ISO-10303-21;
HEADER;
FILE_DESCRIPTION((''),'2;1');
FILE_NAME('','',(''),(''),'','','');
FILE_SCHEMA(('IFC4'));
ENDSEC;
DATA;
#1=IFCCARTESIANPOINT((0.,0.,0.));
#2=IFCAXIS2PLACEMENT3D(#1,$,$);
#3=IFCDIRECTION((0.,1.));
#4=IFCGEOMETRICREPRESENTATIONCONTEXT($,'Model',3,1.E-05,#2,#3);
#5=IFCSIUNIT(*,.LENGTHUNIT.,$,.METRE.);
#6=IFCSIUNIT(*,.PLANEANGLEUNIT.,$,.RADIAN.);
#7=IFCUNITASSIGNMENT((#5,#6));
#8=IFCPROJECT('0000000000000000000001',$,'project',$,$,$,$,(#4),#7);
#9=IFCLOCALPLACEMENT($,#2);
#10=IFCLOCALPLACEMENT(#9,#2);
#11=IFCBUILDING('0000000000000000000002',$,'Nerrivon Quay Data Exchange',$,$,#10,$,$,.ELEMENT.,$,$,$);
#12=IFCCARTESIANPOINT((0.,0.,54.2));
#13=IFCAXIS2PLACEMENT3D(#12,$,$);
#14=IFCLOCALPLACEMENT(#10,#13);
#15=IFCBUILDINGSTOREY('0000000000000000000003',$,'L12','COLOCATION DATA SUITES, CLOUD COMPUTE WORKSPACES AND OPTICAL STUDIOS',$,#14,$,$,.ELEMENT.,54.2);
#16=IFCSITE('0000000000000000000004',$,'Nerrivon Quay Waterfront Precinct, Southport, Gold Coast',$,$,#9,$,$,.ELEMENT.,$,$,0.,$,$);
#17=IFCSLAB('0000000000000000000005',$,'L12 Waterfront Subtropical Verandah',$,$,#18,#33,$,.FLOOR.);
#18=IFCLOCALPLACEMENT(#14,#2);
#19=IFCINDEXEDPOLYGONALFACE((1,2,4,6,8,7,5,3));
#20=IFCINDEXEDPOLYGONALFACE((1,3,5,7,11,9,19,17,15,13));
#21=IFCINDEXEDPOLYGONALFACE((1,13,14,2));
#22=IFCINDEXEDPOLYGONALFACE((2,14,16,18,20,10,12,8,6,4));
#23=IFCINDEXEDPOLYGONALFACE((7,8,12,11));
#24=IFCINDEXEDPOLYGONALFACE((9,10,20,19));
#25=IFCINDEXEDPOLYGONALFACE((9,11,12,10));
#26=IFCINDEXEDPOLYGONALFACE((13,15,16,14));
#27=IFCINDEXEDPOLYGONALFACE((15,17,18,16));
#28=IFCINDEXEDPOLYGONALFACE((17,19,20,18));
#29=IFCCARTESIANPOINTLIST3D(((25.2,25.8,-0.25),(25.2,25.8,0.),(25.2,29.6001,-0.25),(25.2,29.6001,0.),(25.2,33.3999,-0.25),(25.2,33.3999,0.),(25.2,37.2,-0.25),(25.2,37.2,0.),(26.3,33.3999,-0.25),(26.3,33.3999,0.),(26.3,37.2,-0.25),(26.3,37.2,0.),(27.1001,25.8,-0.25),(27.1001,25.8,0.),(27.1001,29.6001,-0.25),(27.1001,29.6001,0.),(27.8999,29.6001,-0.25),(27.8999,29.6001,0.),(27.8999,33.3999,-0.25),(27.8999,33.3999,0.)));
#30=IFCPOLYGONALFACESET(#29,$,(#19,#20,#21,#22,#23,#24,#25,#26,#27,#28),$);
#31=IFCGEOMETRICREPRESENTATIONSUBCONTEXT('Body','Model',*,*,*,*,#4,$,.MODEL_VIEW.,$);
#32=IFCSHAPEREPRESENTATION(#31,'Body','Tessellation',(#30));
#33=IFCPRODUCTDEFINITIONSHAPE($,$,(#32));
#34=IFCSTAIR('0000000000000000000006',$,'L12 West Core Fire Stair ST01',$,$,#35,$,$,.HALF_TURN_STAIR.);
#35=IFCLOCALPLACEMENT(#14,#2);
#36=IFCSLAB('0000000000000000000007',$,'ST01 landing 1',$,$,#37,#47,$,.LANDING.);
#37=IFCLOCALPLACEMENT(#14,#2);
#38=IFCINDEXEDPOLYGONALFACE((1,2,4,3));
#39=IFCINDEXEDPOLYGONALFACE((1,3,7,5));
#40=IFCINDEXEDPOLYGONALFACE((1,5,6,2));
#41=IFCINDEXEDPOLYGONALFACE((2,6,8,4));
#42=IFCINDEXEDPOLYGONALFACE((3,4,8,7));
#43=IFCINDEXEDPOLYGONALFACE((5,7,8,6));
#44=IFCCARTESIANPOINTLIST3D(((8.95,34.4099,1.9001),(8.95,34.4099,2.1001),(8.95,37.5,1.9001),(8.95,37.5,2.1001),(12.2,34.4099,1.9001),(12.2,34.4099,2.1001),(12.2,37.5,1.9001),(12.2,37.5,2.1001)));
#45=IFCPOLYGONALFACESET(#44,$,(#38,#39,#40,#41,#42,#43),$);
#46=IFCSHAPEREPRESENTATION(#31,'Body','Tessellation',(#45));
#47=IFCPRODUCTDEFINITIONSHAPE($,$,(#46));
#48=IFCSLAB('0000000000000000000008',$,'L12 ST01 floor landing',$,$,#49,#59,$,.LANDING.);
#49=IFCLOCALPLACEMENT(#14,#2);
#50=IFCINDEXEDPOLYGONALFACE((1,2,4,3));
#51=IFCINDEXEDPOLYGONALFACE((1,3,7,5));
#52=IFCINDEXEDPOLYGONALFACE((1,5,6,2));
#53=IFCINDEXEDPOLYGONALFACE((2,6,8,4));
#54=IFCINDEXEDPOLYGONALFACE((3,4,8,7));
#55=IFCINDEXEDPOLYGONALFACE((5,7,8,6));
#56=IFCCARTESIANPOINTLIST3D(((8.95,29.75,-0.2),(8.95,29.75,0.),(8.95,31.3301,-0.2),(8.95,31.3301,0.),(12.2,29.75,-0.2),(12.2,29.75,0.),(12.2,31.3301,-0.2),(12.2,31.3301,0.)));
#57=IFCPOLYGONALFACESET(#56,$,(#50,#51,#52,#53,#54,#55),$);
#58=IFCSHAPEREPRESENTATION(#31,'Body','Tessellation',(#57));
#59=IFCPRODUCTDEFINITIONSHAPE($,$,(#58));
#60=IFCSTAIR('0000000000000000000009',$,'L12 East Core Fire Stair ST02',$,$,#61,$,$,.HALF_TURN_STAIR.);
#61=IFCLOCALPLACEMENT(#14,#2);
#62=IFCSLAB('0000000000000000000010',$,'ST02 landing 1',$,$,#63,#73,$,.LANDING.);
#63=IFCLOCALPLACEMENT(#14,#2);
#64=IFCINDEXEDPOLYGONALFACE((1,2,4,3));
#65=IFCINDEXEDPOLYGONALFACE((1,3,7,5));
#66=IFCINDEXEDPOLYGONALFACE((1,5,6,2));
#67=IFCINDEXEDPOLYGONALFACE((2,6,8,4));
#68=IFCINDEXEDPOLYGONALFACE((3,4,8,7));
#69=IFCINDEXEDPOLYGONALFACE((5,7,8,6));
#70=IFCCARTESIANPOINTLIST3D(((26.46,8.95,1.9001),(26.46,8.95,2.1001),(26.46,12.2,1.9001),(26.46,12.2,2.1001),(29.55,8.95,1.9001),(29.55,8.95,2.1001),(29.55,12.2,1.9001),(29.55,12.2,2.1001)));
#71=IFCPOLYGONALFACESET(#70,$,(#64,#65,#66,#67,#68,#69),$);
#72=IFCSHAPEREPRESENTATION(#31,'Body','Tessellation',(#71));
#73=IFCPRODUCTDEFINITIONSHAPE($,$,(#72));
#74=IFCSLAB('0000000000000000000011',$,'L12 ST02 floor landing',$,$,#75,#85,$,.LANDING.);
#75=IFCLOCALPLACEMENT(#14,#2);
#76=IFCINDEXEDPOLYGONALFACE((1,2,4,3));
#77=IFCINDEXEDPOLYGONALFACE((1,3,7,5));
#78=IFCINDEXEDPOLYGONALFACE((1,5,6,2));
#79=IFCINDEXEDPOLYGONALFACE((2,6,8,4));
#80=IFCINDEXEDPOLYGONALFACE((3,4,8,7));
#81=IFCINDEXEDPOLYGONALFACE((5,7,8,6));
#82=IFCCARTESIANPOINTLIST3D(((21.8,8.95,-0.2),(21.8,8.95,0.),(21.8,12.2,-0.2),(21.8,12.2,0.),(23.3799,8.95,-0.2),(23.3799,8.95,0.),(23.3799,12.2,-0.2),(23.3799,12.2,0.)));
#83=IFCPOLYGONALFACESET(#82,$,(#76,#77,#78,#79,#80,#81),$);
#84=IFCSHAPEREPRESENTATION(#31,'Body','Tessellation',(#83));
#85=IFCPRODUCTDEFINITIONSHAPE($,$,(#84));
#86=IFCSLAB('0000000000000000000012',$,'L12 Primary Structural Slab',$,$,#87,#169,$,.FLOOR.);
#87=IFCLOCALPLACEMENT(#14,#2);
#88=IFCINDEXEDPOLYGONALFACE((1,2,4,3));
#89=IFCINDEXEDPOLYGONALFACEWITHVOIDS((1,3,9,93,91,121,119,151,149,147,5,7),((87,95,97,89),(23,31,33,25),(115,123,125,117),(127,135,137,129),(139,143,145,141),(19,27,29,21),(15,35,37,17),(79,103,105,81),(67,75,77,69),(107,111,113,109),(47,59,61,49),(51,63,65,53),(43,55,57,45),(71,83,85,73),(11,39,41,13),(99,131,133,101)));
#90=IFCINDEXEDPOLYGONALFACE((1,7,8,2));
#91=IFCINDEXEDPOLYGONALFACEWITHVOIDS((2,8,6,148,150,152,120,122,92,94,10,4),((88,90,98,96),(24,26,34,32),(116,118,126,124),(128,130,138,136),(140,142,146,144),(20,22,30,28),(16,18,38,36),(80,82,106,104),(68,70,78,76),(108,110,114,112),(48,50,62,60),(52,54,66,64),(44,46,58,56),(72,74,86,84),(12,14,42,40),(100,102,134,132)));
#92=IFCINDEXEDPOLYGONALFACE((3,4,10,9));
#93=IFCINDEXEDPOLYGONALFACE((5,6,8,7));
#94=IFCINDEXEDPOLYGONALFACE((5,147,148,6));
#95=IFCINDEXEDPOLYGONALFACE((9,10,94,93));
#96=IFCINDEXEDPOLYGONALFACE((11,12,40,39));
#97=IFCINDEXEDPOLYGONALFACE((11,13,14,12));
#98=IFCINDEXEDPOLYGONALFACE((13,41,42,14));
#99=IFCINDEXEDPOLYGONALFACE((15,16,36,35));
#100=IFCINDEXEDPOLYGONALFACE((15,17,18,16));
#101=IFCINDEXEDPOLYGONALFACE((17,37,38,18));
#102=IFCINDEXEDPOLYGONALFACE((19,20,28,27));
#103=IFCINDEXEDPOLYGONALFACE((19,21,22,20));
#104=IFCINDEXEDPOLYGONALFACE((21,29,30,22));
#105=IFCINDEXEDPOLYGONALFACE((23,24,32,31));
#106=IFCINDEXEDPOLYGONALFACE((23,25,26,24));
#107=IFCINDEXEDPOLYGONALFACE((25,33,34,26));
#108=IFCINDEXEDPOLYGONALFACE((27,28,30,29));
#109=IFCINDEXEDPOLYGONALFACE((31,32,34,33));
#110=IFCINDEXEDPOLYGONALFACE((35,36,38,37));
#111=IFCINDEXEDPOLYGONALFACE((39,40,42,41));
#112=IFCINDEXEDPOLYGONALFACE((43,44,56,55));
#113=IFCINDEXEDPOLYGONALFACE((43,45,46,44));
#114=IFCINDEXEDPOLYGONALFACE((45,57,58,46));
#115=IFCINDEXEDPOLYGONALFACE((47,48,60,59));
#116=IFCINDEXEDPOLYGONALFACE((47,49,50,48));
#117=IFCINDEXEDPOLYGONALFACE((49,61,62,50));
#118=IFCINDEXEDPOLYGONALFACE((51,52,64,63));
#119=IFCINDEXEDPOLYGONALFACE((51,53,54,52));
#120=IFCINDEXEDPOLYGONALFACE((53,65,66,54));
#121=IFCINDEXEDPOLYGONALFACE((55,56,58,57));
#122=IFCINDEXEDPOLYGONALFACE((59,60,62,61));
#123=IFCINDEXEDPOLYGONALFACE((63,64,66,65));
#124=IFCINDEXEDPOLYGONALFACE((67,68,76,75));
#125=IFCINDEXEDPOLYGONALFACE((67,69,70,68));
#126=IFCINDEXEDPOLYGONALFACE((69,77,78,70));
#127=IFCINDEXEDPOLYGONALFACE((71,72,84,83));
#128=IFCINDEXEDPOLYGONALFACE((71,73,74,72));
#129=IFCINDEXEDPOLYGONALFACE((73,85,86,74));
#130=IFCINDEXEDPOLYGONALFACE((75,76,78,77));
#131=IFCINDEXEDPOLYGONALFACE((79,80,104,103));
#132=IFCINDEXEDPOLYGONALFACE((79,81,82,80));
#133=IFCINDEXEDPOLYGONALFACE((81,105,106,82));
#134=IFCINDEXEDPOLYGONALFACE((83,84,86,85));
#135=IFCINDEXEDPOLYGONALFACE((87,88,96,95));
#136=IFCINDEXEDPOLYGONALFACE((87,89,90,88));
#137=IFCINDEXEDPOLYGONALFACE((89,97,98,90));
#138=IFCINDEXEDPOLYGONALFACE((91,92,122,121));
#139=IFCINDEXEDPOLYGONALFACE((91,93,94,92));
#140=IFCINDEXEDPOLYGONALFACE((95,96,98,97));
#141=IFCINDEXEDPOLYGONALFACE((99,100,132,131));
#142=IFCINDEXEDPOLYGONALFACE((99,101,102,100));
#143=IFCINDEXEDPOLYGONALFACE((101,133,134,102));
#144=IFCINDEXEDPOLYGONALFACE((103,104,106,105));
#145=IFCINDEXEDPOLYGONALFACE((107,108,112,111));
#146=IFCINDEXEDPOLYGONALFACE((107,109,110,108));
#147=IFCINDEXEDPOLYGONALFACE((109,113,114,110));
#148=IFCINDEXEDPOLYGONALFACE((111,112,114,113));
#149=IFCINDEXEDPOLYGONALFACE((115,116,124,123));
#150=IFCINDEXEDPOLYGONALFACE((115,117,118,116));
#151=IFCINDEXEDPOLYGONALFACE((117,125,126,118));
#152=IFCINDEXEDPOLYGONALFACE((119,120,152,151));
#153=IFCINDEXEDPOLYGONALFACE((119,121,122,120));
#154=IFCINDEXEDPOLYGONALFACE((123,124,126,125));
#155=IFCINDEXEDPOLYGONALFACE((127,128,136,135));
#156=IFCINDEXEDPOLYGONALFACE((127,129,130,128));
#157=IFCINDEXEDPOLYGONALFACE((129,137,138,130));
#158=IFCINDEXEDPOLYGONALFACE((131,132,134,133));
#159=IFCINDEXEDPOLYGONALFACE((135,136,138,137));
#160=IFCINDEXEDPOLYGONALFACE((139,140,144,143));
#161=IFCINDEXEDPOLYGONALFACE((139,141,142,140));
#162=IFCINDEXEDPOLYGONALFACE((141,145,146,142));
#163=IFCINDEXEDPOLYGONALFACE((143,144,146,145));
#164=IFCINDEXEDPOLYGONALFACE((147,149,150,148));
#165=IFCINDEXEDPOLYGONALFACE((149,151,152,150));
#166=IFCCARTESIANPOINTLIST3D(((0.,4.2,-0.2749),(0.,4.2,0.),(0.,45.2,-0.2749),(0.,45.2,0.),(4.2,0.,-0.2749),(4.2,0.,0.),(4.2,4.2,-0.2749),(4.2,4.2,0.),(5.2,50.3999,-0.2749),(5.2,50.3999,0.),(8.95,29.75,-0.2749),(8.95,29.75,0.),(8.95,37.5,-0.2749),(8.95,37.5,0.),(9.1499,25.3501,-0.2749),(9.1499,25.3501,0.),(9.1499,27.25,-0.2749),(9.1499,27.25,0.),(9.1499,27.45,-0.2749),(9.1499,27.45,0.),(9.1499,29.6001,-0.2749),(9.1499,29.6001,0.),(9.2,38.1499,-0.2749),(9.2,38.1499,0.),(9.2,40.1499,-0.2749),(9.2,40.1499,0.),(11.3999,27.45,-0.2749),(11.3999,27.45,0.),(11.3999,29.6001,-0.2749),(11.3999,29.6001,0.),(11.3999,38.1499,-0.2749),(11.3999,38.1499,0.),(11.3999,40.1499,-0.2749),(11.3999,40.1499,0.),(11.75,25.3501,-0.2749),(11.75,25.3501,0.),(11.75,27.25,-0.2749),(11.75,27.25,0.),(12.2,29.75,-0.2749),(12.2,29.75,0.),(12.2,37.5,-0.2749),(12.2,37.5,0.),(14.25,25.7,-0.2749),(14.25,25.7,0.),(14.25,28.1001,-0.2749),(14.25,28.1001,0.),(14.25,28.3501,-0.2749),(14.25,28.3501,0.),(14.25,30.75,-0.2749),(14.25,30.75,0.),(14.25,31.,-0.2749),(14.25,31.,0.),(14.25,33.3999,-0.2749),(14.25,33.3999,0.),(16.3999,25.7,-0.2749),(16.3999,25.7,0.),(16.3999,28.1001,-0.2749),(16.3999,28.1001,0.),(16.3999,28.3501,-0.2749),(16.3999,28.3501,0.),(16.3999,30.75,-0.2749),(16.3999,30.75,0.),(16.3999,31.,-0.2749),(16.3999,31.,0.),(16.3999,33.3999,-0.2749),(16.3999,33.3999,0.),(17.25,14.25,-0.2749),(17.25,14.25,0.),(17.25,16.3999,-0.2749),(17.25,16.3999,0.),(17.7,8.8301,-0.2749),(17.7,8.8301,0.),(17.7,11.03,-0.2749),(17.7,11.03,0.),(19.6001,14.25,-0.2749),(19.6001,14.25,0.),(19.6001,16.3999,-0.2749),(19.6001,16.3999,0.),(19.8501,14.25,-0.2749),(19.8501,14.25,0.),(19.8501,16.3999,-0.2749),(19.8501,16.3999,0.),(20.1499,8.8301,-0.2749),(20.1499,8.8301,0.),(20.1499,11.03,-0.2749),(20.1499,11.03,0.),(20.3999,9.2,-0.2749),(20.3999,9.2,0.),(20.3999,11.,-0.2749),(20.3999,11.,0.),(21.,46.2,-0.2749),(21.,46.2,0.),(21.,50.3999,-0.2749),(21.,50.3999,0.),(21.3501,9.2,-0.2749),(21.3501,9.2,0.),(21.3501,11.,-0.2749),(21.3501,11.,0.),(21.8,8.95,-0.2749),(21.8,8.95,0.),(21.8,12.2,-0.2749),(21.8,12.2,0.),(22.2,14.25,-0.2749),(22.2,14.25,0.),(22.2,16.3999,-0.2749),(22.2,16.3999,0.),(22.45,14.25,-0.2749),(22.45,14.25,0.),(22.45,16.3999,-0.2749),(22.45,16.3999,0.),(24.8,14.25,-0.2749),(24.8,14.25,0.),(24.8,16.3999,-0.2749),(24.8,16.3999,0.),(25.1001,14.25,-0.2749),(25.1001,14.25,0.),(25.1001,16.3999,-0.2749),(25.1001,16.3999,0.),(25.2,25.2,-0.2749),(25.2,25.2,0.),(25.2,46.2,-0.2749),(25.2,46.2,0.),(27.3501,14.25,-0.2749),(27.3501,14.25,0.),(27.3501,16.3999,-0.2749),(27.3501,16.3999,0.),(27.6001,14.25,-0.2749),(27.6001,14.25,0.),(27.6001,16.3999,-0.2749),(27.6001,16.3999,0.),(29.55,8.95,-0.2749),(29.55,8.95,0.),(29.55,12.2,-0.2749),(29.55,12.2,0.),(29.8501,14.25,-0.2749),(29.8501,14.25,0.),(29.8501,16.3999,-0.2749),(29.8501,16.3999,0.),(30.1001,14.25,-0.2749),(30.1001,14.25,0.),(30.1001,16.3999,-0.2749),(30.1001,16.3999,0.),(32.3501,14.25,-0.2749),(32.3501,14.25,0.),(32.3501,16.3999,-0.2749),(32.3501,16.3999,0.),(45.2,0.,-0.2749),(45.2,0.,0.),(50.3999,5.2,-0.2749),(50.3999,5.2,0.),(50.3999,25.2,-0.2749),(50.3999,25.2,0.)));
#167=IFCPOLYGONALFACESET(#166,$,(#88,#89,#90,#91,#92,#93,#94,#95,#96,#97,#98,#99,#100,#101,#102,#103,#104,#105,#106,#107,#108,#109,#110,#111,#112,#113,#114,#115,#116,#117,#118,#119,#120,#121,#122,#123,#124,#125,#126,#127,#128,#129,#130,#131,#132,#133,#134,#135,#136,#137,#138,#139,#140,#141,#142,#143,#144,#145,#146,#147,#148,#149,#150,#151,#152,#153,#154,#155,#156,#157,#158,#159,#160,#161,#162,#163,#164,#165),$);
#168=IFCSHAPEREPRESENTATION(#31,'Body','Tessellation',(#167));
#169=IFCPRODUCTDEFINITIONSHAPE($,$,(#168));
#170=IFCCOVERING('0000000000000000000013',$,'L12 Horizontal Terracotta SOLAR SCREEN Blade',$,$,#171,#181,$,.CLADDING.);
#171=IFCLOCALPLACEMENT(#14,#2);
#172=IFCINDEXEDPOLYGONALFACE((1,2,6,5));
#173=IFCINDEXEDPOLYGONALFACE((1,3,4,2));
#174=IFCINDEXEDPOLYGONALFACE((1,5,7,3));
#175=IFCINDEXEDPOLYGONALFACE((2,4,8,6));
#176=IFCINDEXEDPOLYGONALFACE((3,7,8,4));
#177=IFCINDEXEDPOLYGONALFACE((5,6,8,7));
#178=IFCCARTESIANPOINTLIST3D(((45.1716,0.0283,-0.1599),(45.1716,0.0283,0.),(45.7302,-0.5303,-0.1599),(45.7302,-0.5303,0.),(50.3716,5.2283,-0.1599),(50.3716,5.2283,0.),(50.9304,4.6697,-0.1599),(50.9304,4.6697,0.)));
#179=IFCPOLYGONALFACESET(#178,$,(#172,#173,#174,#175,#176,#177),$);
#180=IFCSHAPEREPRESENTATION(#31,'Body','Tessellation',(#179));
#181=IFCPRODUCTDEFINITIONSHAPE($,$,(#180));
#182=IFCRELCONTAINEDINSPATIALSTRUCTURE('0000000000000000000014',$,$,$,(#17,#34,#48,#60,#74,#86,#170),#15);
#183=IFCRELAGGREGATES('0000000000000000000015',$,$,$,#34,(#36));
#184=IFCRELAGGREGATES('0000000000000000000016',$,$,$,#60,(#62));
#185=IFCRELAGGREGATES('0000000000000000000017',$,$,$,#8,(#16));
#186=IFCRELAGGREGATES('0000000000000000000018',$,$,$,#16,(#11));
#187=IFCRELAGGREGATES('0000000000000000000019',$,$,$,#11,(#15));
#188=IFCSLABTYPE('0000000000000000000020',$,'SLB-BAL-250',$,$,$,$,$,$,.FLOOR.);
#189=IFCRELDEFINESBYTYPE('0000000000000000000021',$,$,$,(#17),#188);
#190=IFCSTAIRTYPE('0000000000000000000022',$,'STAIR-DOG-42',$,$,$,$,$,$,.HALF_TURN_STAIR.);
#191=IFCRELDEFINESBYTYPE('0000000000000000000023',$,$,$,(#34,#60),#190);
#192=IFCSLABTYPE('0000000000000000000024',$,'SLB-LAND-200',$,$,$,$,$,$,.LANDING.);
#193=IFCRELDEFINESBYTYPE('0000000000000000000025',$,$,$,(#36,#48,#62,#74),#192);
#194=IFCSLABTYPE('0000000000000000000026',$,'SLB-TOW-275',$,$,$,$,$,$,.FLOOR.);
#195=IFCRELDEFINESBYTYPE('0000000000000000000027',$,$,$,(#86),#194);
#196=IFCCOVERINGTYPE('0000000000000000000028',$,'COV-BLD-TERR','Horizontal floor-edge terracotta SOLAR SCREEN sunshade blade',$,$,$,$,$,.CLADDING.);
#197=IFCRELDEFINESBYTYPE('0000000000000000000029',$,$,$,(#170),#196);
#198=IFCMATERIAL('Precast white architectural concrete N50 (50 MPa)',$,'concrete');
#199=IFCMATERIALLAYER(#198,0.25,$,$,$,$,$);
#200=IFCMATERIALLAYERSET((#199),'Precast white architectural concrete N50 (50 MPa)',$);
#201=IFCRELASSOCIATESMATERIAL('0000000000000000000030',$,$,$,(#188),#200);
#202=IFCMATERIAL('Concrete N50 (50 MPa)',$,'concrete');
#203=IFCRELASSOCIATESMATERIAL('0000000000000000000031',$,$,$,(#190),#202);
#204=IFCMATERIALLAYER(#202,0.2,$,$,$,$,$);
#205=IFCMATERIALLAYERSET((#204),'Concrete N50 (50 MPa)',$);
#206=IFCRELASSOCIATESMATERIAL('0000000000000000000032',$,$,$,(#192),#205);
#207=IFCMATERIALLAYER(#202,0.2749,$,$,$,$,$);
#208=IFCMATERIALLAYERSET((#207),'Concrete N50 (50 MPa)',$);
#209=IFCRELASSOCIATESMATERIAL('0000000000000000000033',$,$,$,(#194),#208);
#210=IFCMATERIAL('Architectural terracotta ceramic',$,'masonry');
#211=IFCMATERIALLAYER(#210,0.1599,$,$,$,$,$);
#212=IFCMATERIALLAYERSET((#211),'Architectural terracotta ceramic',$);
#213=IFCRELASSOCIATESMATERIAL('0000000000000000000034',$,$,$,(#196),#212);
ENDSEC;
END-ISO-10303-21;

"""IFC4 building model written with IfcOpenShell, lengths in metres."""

from ifc_helpers import new_model, si_unit, direction, frame, origin, place, context, subcontext, project, spatial, polyline, outline, extrude, material, layer, layer_set, type_object, element, aggregate, save


model = new_model("IFC4")

# Units and contexts
model_context = context("Model", 3, precision=1e-05, world=origin(), true_north=direction((0.0, 1.0)))
body_context = subcontext(model_context, "Body", "Model", "MODEL_VIEW")
ifc_project = project(units=[si_unit("LENGTHUNIT", "METRE"), si_unit("PLANEANGLEUNIT", "RADIAN")], contexts=[model_context])

# Site, building, storey
site_placement = place(None, origin())
site = spatial("IfcSite", under=ifc_project, at=site_placement, Name="Nerrivon Quay Waterfront Precinct, Southport, Gold Coast", CompositionType="ELEMENT", RefElevation=0.0)
building_placement = place(site_placement, origin())
building = spatial("IfcBuilding", under=site, at=building_placement, Name="Nerrivon Quay Data Exchange", CompositionType="ELEMENT")
storey_placement = place(building_placement, frame((0.0, 0.0, 54.2)))
storey = spatial("IfcBuildingStorey", under=building, at=storey_placement, Name="L12", Description="COLOCATION DATA SUITES, CLOUD COMPUTE WORKSPACES AND OPTICAL STUDIOS", CompositionType="ELEMENT", Elevation=54.2)

# Slab
ifc_material_1 = material(Name="Precast white architectural concrete N50 (50 MPa)", Category="concrete")
ifc_layer_1 = layer(ifc_material_1, 0.25)
ifc_layer_set_1 = layer_set([ifc_layer_1], Name="Precast white architectural concrete N50 (50 MPa)")
slab_type_1 = type_object("IfcSlabType", Name="SLB-BAL-250", PredefinedType="FLOOR", material=ifc_layer_set_1)
slab_1_placement = place(storey_placement, frame((0.0, 0.0, -0.25)))
element("IfcSlab", 1, at=slab_1_placement, inside=storey, type_object=slab_type_1, Name="L12 Waterfront Subtropical Verandah", PredefinedType="FLOOR", context=body_context, shape_type="SweptSolid", body=[
    extrude(outline(polyline([(27.1001, 29.6001), (27.8999, 29.6001), (27.8999, 33.3999), (26.3, 33.3999), (26.3, 37.2), (25.2, 37.2), (25.2, 33.3999), (25.2, 29.6001), (25.2, 25.8), (27.1001, 25.8), (27.1001, 29.6001)])), origin(), (0.0, 0.0, 1.0), 0.25),
])

# Stair, slab
ifc_material_2 = material(Name="Concrete N50 (50 MPa)", Category="concrete")
stair_type = type_object("IfcStairType", Name="STAIR-DOG-42", PredefinedType="HALF_TURN_STAIR", material=ifc_material_2)
stair_1_placement = place(storey_placement, origin())
stair_1 = element("IfcStair", 2, at=stair_1_placement, inside=storey, type_object=stair_type, Name="L12 West Core Fire Stair ST01", PredefinedType="HALF_TURN_STAIR")
ifc_layer_2 = layer(ifc_material_2, 0.2)
ifc_layer_set_2 = layer_set([ifc_layer_2], Name="Concrete N50 (50 MPa)")
slab_type_2 = type_object("IfcSlabType", Name="SLB-LAND-200", PredefinedType="LANDING", material=ifc_layer_set_2)
slab_2_placement = place(storey_placement, frame((0.0, 0.0, 1.9001)))
slab_2 = element("IfcSlab", 3, at=slab_2_placement, type_object=slab_type_2, Name="ST01 landing 1", PredefinedType="LANDING", context=body_context, shape_type="SweptSolid", body=[
    extrude(outline(polyline([(12.2, 34.4099), (12.2, 37.5), (8.95, 37.5), (8.95, 34.4099), (12.2, 34.4099)])), origin(), (0.0, 0.0, 1.0), 0.2),
])
aggregate(stair_1, [slab_2])

# Slab
slab_3_placement = place(storey_placement, frame((0.0, 0.0, -0.2)))
element("IfcSlab", 4, at=slab_3_placement, inside=storey, type_object=slab_type_2, Name="L12 ST01 floor landing", PredefinedType="LANDING", context=body_context, shape_type="SweptSolid", body=[
    extrude(outline(polyline([(12.2, 29.75), (12.2, 31.3301), (8.95, 31.3301), (8.95, 29.75), (12.2, 29.75)])), origin(), (0.0, 0.0, 1.0), 0.2),
])

# Stair, slab
stair_2_placement = place(storey_placement, origin())
stair_2 = element("IfcStair", 5, at=stair_2_placement, inside=storey, type_object=stair_type, Name="L12 East Core Fire Stair ST02", PredefinedType="HALF_TURN_STAIR")
slab_4_placement = place(storey_placement, frame((0.0, 0.0, 1.9001)))
slab_4 = element("IfcSlab", 6, at=slab_4_placement, type_object=slab_type_2, Name="ST02 landing 1", PredefinedType="LANDING", context=body_context, shape_type="SweptSolid", body=[
    extrude(outline(polyline([(26.46, 8.95), (29.55, 8.95), (29.55, 12.2), (26.46, 12.2), (26.46, 8.95)])), origin(), (0.0, 0.0, 1.0), 0.2),
])
aggregate(stair_2, [slab_4])

# Slabs
slab_5_placement = place(storey_placement, frame((0.0, 0.0, -0.2)))
element("IfcSlab", 7, at=slab_5_placement, inside=storey, type_object=slab_type_2, Name="L12 ST02 floor landing", PredefinedType="LANDING", context=body_context, shape_type="SweptSolid", body=[
    extrude(outline(polyline([(21.8, 8.95), (23.3799, 8.95), (23.3799, 12.2), (21.8, 12.2), (21.8, 8.95)])), origin(), (0.0, 0.0, 1.0), 0.2),
])
ifc_layer_3 = layer(ifc_material_2, 0.2749)
ifc_layer_set_3 = layer_set([ifc_layer_3], Name="Concrete N50 (50 MPa)")
slab_type_3 = type_object("IfcSlabType", Name="SLB-TOW-275", PredefinedType="FLOOR", material=ifc_layer_set_3)
slab_6_placement = place(storey_placement, frame((0.0, 0.0, -0.2749)))
element("IfcSlab", 8, at=slab_6_placement, inside=storey, type_object=slab_type_3, Name="L12 Primary Structural Slab", PredefinedType="FLOOR", context=body_context, shape_type="SweptSolid", body=[
    extrude(outline(polyline([(50.3999, 25.2), (25.2, 25.2), (25.2, 46.2), (21.0, 46.2), (21.0, 50.3999), (5.2, 50.3999), (0.0, 45.2), (0.0, 4.2), (4.2, 4.2), (4.2, 0.0), (45.2, 0.0), (50.3999, 5.2), (50.3999, 25.2)]), holes=[polyline([(8.95, 29.75), (8.95, 37.5), (12.2, 37.5), (12.2, 29.75), (8.95, 29.75)]), polyline([(21.8, 12.2), (29.55, 12.2), (29.55, 8.95), (21.8, 8.95), (21.8, 12.2)]), polyline([(30.1001, 16.3999), (32.3501, 16.3999), (32.3501, 14.25), (30.1001, 14.25), (30.1001, 16.3999)]), polyline([(27.6001, 16.3999), (29.8501, 16.3999), (29.8501, 14.25), (27.6001, 14.25), (27.6001, 16.3999)]), polyline([(25.1001, 16.3999), (27.3501, 16.3999), (27.3501, 14.25), (25.1001, 14.25), (25.1001, 16.3999)]), polyline([(22.45, 16.3999), (24.8, 16.3999), (24.8, 14.25), (22.45, 14.25), (22.45, 16.3999)]), polyline([(19.8501, 16.3999), (22.2, 16.3999), (22.2, 14.25), (19.8501, 14.25), (19.8501, 16.3999)]), polyline([(20.3999, 11.0), (21.3501, 11.0), (21.3501, 9.2), (20.3999, 9.2), (20.3999, 11.0)]), polyline([(17.7, 8.8301), (17.7, 11.03), (20.1499, 11.03), (20.1499, 8.8301), (17.7, 8.8301)]), polyline([(17.25, 14.25), (17.25, 16.3999), (19.6001, 16.3999), (19.6001, 14.25), (17.25, 14.25)]), polyline([(14.25, 28.1001), (16.3999, 28.1001), (16.3999, 25.7), (14.25, 25.7), (14.25, 28.1001)]), polyline([(14.25, 30.75), (16.3999, 30.75), (16.3999, 28.3501), (14.25, 28.3501), (14.25, 30.75)]), polyline([(14.25, 33.3999), (16.3999, 33.3999), (16.3999, 31.0), (14.25, 31.0), (14.25, 33.3999)]), polyline([(9.1499, 27.25), (11.75, 27.25), (11.75, 25.3501), (9.1499, 25.3501), (9.1499, 27.25)]), polyline([(9.1499, 29.6001), (11.3999, 29.6001), (11.3999, 27.45), (9.1499, 27.45), (9.1499, 29.6001)]), polyline([(9.2, 40.1499), (11.3999, 40.1499), (11.3999, 38.1499), (9.2, 38.1499), (9.2, 40.1499)])]), origin(), (0.0, 0.0, 1.0), 0.2749),
])

# Covering
ifc_material_3 = material(Name="Architectural terracotta ceramic", Category="masonry")
ifc_layer_4 = layer(ifc_material_3, 0.1599)
ifc_layer_set_4 = layer_set([ifc_layer_4], Name="Architectural terracotta ceramic")
covering_type = type_object("IfcCoveringType", Name="COV-BLD-TERR", Description="Horizontal floor-edge terracotta SOLAR SCREEN sunshade blade", PredefinedType="CLADDING", material=ifc_layer_set_4)
covering_1_placement = place(storey_placement, frame((0.0, 0.0, -0.1599)))
element("IfcCovering", 9, at=covering_1_placement, inside=storey, type_object=covering_type, Name="L12 Horizontal Terracotta SOLAR SCREEN Blade", PredefinedType="CLADDING", context=body_context, shape_type="SweptSolid", body=[
    extrude(outline(polyline([(50.3716, 5.2283), (45.1716, 0.0283), (45.7302, -0.5303), (50.9304, 4.6697), (50.3716, 5.2283)])), origin(), (0.0, 0.0, 1.0), 0.1599),
])

save(model, "model.ifc")
